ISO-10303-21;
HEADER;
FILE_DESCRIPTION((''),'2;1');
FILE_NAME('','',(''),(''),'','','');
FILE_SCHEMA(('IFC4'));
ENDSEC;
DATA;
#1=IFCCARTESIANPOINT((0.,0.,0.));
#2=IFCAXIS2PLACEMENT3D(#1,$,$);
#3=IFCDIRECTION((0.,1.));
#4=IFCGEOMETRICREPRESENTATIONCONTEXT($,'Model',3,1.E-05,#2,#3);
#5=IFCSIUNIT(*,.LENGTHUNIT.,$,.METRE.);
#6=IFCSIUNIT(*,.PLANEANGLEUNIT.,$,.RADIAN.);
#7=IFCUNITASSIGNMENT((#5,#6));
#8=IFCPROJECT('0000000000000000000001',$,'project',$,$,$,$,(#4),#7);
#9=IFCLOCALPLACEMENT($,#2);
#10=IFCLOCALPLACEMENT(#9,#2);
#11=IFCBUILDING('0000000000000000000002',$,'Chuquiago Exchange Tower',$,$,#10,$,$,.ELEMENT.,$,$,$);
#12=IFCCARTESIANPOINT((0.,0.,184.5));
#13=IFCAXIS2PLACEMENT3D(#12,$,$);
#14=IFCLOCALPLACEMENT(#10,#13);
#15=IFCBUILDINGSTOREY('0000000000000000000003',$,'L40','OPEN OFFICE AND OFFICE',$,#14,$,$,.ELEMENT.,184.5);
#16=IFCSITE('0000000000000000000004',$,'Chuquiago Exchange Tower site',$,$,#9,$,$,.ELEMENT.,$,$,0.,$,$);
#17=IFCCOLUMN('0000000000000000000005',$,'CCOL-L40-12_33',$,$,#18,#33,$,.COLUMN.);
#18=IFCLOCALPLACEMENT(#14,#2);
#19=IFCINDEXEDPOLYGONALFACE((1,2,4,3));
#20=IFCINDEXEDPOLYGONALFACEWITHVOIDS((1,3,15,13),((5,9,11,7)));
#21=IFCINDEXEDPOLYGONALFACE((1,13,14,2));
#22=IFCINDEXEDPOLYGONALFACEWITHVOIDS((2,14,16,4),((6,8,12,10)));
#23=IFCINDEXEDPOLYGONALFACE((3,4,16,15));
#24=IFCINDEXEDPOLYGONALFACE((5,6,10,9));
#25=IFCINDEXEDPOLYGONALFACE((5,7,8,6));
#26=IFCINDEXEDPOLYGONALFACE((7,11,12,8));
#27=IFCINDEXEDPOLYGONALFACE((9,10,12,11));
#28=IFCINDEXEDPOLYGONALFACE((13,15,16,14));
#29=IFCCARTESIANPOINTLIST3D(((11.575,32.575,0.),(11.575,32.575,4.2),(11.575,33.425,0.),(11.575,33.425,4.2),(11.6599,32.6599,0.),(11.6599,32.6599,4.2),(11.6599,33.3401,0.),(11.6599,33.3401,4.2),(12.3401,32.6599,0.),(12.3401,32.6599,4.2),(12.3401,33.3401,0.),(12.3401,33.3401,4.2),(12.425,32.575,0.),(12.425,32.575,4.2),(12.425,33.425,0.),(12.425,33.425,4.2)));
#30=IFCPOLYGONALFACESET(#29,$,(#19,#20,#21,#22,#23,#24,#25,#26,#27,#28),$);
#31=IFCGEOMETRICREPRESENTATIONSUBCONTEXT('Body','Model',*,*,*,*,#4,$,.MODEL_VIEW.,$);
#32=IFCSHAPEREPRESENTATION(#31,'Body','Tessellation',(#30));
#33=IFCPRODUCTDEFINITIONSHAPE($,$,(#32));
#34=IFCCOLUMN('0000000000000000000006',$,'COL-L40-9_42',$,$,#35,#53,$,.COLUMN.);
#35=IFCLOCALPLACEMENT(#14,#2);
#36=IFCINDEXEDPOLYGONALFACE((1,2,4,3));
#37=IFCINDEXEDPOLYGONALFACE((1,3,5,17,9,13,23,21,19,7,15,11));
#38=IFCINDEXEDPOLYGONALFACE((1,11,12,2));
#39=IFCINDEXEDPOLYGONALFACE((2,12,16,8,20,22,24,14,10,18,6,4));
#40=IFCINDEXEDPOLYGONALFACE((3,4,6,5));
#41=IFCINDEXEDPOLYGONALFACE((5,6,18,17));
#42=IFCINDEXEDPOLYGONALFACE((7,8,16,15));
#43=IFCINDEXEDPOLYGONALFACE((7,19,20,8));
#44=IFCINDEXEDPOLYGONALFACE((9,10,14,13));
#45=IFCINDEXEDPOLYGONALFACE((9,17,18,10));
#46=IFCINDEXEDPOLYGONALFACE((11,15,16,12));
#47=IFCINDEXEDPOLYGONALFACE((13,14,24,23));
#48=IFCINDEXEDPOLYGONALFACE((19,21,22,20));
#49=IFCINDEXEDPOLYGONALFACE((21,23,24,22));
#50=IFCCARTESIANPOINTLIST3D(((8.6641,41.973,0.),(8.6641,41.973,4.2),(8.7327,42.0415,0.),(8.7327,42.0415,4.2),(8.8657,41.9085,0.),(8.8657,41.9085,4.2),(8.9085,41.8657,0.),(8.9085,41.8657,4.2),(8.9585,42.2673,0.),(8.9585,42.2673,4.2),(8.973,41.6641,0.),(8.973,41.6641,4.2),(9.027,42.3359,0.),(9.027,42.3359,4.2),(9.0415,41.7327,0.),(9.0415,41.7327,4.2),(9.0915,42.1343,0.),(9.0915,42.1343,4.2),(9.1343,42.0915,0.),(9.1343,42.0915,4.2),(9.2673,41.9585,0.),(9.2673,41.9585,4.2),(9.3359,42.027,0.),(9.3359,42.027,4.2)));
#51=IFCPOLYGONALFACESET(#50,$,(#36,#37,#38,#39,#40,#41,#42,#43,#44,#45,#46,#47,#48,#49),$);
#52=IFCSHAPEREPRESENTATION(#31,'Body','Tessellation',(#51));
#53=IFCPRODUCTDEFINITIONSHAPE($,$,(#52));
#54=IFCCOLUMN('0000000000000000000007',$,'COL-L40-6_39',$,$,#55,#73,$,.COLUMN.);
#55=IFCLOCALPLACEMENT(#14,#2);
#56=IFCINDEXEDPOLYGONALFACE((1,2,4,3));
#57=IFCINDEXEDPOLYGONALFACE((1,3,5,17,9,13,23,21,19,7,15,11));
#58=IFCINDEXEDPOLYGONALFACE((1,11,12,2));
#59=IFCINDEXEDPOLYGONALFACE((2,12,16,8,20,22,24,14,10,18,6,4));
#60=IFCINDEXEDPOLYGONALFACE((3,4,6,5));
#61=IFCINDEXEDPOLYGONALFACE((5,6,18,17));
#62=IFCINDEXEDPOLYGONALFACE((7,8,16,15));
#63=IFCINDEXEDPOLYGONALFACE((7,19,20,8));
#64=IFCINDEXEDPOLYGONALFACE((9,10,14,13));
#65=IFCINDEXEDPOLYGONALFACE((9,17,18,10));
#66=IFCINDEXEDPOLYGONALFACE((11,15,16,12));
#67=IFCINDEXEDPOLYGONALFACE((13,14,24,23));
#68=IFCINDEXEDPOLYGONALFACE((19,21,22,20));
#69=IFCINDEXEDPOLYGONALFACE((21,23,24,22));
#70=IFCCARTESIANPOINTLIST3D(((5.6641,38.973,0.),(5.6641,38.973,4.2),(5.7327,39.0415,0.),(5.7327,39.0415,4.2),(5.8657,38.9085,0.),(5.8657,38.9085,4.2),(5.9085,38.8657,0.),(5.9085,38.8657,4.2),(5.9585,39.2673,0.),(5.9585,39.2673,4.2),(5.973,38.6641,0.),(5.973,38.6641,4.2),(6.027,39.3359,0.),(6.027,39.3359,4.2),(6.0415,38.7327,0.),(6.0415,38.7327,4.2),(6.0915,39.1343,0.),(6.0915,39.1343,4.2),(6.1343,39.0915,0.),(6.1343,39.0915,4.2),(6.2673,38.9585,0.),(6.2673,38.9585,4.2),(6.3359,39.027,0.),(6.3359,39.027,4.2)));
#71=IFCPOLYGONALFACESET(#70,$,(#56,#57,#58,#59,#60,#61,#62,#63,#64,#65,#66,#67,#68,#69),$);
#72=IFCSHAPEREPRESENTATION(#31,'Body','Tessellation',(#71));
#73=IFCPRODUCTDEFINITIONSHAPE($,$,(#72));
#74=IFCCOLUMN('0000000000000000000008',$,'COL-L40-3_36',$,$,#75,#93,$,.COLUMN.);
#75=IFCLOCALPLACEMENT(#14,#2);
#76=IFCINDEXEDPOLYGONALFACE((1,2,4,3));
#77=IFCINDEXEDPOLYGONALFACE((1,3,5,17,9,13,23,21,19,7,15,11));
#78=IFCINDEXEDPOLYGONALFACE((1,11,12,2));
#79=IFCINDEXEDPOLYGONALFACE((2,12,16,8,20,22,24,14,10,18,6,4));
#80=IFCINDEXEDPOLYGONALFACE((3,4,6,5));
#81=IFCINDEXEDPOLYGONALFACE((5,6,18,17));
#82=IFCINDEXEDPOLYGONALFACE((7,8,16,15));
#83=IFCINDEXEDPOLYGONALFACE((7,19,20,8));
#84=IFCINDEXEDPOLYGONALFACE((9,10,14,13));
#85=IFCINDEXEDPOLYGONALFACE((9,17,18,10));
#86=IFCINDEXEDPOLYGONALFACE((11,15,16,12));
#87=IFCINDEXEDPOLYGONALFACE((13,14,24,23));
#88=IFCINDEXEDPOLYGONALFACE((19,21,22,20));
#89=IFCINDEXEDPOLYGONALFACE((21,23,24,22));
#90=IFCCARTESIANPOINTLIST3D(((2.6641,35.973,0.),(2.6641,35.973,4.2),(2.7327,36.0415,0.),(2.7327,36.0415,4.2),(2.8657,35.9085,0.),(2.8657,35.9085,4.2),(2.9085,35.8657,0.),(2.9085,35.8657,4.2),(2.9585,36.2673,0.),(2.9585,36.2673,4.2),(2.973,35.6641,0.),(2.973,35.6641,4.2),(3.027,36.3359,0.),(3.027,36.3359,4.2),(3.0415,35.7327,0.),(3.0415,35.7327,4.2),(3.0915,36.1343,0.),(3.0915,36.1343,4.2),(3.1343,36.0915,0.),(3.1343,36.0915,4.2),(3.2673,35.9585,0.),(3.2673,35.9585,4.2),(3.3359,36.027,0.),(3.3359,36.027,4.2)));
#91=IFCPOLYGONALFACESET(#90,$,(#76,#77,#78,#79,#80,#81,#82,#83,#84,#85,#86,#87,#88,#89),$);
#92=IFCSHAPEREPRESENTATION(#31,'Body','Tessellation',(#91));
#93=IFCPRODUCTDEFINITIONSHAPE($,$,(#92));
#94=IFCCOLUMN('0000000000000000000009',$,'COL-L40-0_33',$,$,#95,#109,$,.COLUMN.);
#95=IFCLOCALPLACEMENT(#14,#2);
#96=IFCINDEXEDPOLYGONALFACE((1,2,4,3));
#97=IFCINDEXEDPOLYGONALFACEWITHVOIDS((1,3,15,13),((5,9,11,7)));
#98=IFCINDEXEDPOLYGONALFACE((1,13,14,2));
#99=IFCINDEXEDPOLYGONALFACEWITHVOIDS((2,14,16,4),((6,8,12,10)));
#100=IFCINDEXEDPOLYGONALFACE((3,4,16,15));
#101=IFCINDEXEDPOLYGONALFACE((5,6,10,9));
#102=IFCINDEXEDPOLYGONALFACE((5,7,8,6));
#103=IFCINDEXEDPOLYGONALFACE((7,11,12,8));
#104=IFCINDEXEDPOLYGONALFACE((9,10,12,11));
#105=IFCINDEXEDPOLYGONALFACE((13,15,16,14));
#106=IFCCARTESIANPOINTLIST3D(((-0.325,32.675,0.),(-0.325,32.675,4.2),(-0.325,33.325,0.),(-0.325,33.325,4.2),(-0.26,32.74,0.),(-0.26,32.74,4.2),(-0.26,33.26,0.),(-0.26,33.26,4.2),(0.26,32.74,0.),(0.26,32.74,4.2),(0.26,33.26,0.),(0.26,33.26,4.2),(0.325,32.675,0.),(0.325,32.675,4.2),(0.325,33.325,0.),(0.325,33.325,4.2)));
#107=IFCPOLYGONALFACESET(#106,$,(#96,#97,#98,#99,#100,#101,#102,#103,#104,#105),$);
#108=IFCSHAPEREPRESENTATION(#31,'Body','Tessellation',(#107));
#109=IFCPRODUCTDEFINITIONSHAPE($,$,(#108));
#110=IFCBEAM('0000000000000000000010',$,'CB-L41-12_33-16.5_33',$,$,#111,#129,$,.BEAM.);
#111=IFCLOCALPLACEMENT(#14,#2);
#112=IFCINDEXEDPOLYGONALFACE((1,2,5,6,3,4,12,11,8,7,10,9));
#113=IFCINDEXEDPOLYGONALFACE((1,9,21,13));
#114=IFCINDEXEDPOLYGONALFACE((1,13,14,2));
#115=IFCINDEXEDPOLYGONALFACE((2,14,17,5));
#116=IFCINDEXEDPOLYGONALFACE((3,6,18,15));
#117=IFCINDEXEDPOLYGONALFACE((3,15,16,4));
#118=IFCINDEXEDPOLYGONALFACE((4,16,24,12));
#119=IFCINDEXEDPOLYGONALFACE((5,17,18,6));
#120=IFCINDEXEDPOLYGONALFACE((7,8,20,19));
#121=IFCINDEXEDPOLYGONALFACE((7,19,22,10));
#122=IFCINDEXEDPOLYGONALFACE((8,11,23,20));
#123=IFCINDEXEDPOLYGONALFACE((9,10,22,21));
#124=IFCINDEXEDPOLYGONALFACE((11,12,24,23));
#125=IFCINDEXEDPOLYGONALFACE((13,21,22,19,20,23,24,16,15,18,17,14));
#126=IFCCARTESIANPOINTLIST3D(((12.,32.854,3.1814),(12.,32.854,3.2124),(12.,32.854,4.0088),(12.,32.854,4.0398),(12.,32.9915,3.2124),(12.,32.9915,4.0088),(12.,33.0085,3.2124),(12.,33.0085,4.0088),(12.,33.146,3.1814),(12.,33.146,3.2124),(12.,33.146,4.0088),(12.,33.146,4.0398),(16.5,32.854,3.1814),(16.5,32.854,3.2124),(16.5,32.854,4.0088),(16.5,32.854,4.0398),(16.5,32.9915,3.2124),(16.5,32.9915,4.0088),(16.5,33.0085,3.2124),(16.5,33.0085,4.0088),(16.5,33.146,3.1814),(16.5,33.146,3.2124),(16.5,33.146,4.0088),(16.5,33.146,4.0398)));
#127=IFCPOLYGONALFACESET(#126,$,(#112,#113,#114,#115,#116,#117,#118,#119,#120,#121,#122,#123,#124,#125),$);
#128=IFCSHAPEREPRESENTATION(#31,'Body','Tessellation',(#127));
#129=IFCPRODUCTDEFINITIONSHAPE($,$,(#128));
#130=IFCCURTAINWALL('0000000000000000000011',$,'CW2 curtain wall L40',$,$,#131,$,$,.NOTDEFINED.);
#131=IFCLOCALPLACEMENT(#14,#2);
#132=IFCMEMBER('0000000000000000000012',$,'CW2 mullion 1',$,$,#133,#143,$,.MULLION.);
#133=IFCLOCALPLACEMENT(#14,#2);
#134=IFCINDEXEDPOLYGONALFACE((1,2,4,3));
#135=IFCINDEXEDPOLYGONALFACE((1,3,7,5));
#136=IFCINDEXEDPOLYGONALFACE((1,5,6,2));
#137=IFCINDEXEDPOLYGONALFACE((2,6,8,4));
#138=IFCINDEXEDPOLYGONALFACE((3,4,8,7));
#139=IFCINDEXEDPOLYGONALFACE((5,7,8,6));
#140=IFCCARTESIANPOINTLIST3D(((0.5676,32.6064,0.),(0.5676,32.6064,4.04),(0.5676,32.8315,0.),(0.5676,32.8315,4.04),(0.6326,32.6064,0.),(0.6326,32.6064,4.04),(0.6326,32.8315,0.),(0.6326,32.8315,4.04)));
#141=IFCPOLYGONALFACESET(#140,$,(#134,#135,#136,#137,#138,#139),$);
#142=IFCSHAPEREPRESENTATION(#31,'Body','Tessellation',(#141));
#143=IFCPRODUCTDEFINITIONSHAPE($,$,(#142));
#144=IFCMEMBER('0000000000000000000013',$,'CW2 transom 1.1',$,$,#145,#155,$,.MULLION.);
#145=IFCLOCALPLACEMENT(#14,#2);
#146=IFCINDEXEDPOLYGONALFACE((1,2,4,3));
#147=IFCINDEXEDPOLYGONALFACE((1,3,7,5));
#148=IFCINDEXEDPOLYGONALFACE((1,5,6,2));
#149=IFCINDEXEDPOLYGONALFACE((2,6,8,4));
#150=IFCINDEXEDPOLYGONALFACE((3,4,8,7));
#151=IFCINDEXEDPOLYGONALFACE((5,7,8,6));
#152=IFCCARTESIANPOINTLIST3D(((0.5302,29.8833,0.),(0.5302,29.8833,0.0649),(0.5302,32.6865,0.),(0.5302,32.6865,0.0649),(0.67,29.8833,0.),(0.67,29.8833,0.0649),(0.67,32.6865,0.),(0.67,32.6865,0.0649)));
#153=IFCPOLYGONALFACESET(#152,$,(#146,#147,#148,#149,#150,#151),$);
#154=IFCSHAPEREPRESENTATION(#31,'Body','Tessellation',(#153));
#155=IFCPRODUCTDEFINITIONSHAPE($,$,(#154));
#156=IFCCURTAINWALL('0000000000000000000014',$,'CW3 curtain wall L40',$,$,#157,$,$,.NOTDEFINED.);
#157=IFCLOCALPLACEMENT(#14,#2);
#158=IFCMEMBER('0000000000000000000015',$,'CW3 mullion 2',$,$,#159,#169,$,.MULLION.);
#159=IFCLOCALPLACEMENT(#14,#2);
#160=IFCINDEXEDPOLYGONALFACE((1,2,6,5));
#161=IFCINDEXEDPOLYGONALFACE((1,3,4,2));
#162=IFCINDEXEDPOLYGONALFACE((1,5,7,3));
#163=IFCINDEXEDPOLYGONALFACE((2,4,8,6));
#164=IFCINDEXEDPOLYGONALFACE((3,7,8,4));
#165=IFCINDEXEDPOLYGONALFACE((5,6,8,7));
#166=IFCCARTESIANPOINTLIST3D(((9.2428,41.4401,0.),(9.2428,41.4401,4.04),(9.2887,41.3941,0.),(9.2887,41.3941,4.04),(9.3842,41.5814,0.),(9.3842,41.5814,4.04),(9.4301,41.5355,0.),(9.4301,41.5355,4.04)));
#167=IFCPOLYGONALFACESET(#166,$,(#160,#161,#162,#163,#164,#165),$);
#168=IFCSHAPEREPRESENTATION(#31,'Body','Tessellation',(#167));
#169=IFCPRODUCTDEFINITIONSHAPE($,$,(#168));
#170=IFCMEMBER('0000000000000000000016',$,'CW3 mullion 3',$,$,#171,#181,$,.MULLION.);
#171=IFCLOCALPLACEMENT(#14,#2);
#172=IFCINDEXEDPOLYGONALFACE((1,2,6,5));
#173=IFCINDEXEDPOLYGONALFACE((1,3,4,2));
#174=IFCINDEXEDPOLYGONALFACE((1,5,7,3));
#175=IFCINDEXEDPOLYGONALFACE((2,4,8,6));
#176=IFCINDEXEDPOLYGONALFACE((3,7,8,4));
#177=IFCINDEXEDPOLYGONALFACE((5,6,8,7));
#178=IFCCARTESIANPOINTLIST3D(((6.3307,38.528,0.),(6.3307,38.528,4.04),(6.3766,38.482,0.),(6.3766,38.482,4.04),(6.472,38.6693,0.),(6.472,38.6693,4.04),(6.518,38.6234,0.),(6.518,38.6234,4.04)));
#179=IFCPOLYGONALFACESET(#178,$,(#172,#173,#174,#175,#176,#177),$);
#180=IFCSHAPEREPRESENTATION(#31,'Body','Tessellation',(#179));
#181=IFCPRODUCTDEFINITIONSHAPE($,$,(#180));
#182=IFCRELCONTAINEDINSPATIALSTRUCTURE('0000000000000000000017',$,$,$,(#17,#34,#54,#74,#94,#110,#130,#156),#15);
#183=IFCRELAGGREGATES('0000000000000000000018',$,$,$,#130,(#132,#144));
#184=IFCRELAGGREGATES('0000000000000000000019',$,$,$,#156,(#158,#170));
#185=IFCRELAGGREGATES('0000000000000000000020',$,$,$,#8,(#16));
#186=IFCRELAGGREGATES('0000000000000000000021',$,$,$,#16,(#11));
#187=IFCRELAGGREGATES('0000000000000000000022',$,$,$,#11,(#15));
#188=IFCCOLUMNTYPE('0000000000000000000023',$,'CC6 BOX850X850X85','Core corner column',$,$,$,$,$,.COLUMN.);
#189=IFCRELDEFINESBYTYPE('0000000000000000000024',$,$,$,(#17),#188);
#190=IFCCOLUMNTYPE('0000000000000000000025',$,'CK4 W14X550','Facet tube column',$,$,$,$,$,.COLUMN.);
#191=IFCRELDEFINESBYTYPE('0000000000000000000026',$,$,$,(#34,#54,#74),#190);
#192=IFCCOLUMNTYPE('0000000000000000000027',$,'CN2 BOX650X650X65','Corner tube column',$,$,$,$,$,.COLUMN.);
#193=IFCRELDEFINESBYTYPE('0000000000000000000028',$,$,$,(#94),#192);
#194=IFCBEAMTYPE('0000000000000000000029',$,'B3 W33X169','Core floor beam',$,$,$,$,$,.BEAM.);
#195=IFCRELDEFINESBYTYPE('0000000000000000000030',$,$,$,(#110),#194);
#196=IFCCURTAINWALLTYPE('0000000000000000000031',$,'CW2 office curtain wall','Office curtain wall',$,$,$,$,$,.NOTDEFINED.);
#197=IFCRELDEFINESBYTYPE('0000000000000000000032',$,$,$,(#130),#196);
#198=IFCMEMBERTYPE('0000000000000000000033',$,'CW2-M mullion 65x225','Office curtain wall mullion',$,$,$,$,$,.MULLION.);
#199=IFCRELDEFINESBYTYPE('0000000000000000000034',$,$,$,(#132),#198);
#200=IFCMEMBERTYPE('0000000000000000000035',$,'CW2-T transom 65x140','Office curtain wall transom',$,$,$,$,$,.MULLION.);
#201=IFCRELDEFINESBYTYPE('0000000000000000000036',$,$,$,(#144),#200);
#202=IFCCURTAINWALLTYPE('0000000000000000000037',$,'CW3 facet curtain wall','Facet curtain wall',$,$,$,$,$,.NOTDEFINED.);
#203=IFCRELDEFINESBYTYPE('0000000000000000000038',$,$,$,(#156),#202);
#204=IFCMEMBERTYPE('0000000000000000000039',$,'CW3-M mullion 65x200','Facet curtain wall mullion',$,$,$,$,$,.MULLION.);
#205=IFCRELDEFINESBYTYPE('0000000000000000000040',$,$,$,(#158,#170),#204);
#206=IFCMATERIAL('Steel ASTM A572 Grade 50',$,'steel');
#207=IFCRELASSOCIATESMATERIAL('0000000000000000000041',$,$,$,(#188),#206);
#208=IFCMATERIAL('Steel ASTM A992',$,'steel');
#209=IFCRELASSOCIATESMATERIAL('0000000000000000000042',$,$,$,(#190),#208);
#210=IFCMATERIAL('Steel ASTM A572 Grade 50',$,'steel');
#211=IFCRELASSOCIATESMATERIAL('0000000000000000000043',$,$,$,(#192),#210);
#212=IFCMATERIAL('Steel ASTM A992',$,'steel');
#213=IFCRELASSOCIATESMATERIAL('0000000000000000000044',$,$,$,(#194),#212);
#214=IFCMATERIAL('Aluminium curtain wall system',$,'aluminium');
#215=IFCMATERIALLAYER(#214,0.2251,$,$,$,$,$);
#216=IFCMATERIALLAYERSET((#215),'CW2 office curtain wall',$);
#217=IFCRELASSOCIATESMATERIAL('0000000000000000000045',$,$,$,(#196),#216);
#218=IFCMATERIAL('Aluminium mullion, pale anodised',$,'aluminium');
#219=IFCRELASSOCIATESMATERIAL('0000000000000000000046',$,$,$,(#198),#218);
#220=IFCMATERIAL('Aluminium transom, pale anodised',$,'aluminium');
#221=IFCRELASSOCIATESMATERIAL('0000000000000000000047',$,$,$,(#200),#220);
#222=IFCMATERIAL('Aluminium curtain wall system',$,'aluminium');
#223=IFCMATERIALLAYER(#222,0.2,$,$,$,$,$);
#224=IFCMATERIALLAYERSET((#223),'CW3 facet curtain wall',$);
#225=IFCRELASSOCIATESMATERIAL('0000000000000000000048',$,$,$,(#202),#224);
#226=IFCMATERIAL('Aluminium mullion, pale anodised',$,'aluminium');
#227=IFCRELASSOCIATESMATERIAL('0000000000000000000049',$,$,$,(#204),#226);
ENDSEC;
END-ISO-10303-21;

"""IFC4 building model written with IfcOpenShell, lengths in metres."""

from ifc_helpers import new_model, si_unit, direction, frame, origin, origin_2d, place, context, subcontext, project, spatial, rectangle, hollow_rectangle, i_section, extrude, material, layer, layer_set, material_profile, profile_set, type_object, element, aggregate, save


model = new_model("IFC4")

# Units and contexts
model_context = context("Model", 3, precision=1e-05, world=origin(), true_north=direction((0.0, 1.0)))
body_context = subcontext(model_context, "Body", "Model", "MODEL_VIEW")
ifc_project = project(units=[si_unit("LENGTHUNIT", "METRE"), si_unit("PLANEANGLEUNIT", "RADIAN")], contexts=[model_context])

# Site, building, storey
site_placement = place(None, origin())
site = spatial("IfcSite", under=ifc_project, at=site_placement, Name="Chuquiago Exchange Tower site", CompositionType="ELEMENT", RefElevation=0.0)
building_placement = place(site_placement, origin())
building = spatial("IfcBuilding", under=site, at=building_placement, Name="Chuquiago Exchange Tower", CompositionType="ELEMENT")
storey_placement = place(building_placement, frame((0.0, 0.0, 184.5)))
storey = spatial("IfcBuildingStorey", under=building, at=storey_placement, Name="L40", Description="OPEN OFFICE AND OFFICE", CompositionType="ELEMENT", Elevation=184.5)

# Columns
ifc_material_1 = material(Name="Steel ASTM A572 Grade 50", Category="steel")
ifc_material_profile_1 = material_profile(ifc_material_1, hollow_rectangle(XDim=0.8501, YDim=0.8501, WallThickness=0.085, at=origin_2d()), Name="BOX850X850X85")
ifc_profile_set_1 = profile_set([ifc_material_profile_1], Name="Steel ASTM A572 Grade 50")
column_type_1 = type_object("IfcColumnType", Name="CC6 BOX850X850X85", Description="Core corner column", PredefinedType="COLUMN", material=ifc_profile_set_1)
column_1_placement = place(storey_placement, frame((12.0, 33.0, 0.0), z_axis=(0.0, 0.0, 1.0), x_axis=(1.0, 0.0, 0.0)))
element("IfcColumn", 1, at=column_1_placement, inside=storey, type_object=column_type_1, Name="CCOL-L40-12_33", PredefinedType="COLUMN", context=body_context, shape_type="SweptSolid", body=[
    extrude(hollow_rectangle(XDim=0.8501, YDim=0.8501, WallThickness=0.085, at=origin_2d()), origin(), (0.0, 0.0, 1.0), 4.2),
])
ifc_material_2 = material(Name="Steel ASTM A992", Category="steel")
ifc_material_profile_2 = material_profile(ifc_material_2, i_section(OverallWidth=0.4368, OverallDepth=0.5132, WebThickness=0.0605, FlangeThickness=0.0969, at=origin_2d()), Name="W14X550")
ifc_profile_set_2 = profile_set([ifc_material_profile_2], Name="Steel ASTM A992")
column_type_2 = type_object("IfcColumnType", Name="CK4 W14X550", Description="Facet tube column", PredefinedType="COLUMN", material=ifc_profile_set_2)
for number, where, z_axis, x_axis, name in (
    (2, (9.0, 42.0, 0.0), (0.0, 0.0, 1.0), (-0.707107, 0.707107, 0.0), "COL-L40-9_42"),
    (3, (6.0, 39.0, 0.0), (0.0, 0.0, 1.0), (-0.707107, 0.707107, 0.0), "COL-L40-6_39"),
    (4, (3.0, 36.0, 0.0), (0.0, 0.0, 1.0), (-0.707107, 0.707107, 0.0), "COL-L40-3_36"),
):
    element("IfcColumn", number, at=place(storey_placement, frame(where, z_axis=z_axis, x_axis=x_axis)), inside=storey, type_object=column_type_2, Name=name, PredefinedType="COLUMN", context=body_context, shape_type="SweptSolid", body=[
        extrude(i_section(OverallWidth=0.4368, OverallDepth=0.5132, WebThickness=0.0605, FlangeThickness=0.0969, at=origin_2d()), origin(), (0.0, 0.0, 1.0), 4.2),
    ])
ifc_material_3 = material(Name="Steel ASTM A572 Grade 50", Category="steel")
ifc_material_profile_3 = material_profile(ifc_material_3, hollow_rectangle(XDim=0.6499, YDim=0.6499, WallThickness=0.0649, at=origin_2d()), Name="BOX650X650X65")
ifc_profile_set_3 = profile_set([ifc_material_profile_3], Name="Steel ASTM A572 Grade 50")
column_type_3 = type_object("IfcColumnType", Name="CN2 BOX650X650X65", Description="Corner tube column", PredefinedType="COLUMN", material=ifc_profile_set_3)
column_2_placement = place(storey_placement, frame((0.0, 33.0, 0.0), z_axis=(0.0, 0.0, 1.0), x_axis=(-1.0, 0.0, 0.0)))
element("IfcColumn", 5, at=column_2_placement, inside=storey, type_object=column_type_3, Name="COL-L40-0_33", PredefinedType="COLUMN", context=body_context, shape_type="SweptSolid", body=[
    extrude(hollow_rectangle(XDim=0.6499, YDim=0.6499, WallThickness=0.0649, at=origin_2d()), origin(), (0.0, 0.0, 1.0), 4.2),
])

# Beam
ifc_material_4 = material(Name="Steel ASTM A992", Category="steel")
ifc_material_profile_4 = material_profile(ifc_material_4, i_section(OverallWidth=0.292, OverallDepth=0.8584, WebThickness=0.0171, FlangeThickness=0.031, at=origin_2d()), Name="W33X169")
ifc_profile_set_4 = profile_set([ifc_material_profile_4], Name="Steel ASTM A992")
beam_type_1 = type_object("IfcBeamType", Name="B3 W33X169", Description="Core floor beam", PredefinedType="BEAM", material=ifc_profile_set_4)
beam_1_placement = place(storey_placement, frame((12.0, 33.0, 3.6106), z_axis=(1.0, 0.0, 0.0), x_axis=(0.0, 1.0, 0.0)))
element("IfcBeam", 6, at=beam_1_placement, inside=storey, type_object=beam_type_1, Name="CB-L41-12_33-16.5_33", PredefinedType="BEAM", context=body_context, shape_type="SweptSolid", body=[
    extrude(i_section(OverallWidth=0.292, OverallDepth=0.8584, WebThickness=0.0171, FlangeThickness=0.031, at=origin_2d()), origin(), (0.0, 0.0, 1.0), 4.5),
])

# Curtain walls, members
ifc_material_5 = material(Name="Aluminium curtain wall system", Category="aluminium")
ifc_layer_1 = layer(ifc_material_5, 0.2251)
ifc_layer_set_1 = layer_set([ifc_layer_1], Name="CW2 office curtain wall")
curtain_wall_type_1 = type_object("IfcCurtainWallType", Name="CW2 office curtain wall", Description="Office curtain wall", PredefinedType="NOTDEFINED", material=ifc_layer_set_1)
curtain_wall_1_placement = place(storey_placement, origin())
curtain_wall_1 = element("IfcCurtainWall", 7, at=curtain_wall_1_placement, inside=storey, type_object=curtain_wall_type_1, Name="CW2 curtain wall L40", PredefinedType="NOTDEFINED")
ifc_material_6 = material(Name="Aluminium mullion, pale anodised", Category="aluminium")
ifc_material_profile_5 = material_profile(ifc_material_6, rectangle(XDim=0.0649, YDim=0.2251, at=origin_2d()), Name="AL 65x225")
ifc_profile_set_5 = profile_set([ifc_material_profile_5], Name="Aluminium mullion, pale anodised")
member_type_1 = type_object("IfcMemberType", Name="CW2-M mullion 65x225", Description="Office curtain wall mullion", PredefinedType="MULLION", material=ifc_profile_set_5)
member_1_placement = place(storey_placement, frame((0.6001, 32.719, 0.0), z_axis=(0.0, 0.0, 1.0), x_axis=(1.0, 0.0, 0.0)))
member_1 = element("IfcMember", 8, at=member_1_placement, type_object=member_type_1, Name="CW2 mullion 1", PredefinedType="MULLION", context=body_context, shape_type="SweptSolid", body=[
    extrude(rectangle(XDim=0.0649, YDim=0.2251, at=origin_2d()), origin(), (0.0, 0.0, 1.0), 4.04),
])
ifc_material_7 = material(Name="Aluminium transom, pale anodised", Category="aluminium")
ifc_material_profile_6 = material_profile(ifc_material_7, rectangle(XDim=0.1399, YDim=0.0649, at=origin_2d()), Name="AL 140x65")
ifc_profile_set_6 = profile_set([ifc_material_profile_6], Name="Aluminium transom, pale anodised")
member_type_2 = type_object("IfcMemberType", Name="CW2-T transom 65x140", Description="Office curtain wall transom", PredefinedType="MULLION", material=ifc_profile_set_6)
member_2_placement = place(storey_placement, frame((0.6001, 32.6865, 0.0325), z_axis=(0.0, -1.0, 0.0), x_axis=(1.0, 0.0, 0.0)))
member_2 = element("IfcMember", 9, at=member_2_placement, type_object=member_type_2, Name="CW2 transom 1.1", PredefinedType="MULLION", context=body_context, shape_type="SweptSolid", body=[
    extrude(rectangle(XDim=0.1399, YDim=0.0649, at=origin_2d()), origin(), (0.0, 0.0, 1.0), 2.8032),
])
ifc_material_8 = material(Name="Aluminium curtain wall system", Category="aluminium")
ifc_layer_2 = layer(ifc_material_8, 0.2)
ifc_layer_set_2 = layer_set([ifc_layer_2], Name="CW3 facet curtain wall")
curtain_wall_type_2 = type_object("IfcCurtainWallType", Name="CW3 facet curtain wall", Description="Facet curtain wall", PredefinedType="NOTDEFINED", material=ifc_layer_set_2)
curtain_wall_2_placement = place(storey_placement, origin())
curtain_wall_2 = element("IfcCurtainWall", 10, at=curtain_wall_2_placement, inside=storey, type_object=curtain_wall_type_2, Name="CW3 curtain wall L40", PredefinedType="NOTDEFINED")
ifc_material_9 = material(Name="Aluminium mullion, pale anodised", Category="aluminium")
ifc_material_profile_7 = material_profile(ifc_material_9, rectangle(XDim=0.0649, YDim=0.2, at=origin_2d()), Name="AL 65x200")
ifc_profile_set_7 = profile_set([ifc_material_profile_7], Name="Aluminium mullion, pale anodised")
member_type_3 = type_object("IfcMemberType", Name="CW3-M mullion 65x200", Description="Facet curtain wall mullion", PredefinedType="MULLION", material=ifc_profile_set_7)
member_3_placement = place(storey_placement, frame((9.3364, 41.4878, 0.0), z_axis=(0.0, 0.0, 1.0), x_axis=(0.707107, -0.707107, 0.0)))
member_3 = element("IfcMember", 11, at=member_3_placement, type_object=member_type_3, Name="CW3 mullion 2", PredefinedType="MULLION", context=body_context, shape_type="SweptSolid", body=[
    extrude(rectangle(XDim=0.0649, YDim=0.2, at=origin_2d()), origin(), (0.0, 0.0, 1.0), 4.04),
])
member_4_placement = place(storey_placement, frame((6.4243, 38.5757, 0.0), z_axis=(0.0, 0.0, 1.0), x_axis=(0.707107, -0.707107, 0.0)))
member_4 = element("IfcMember", 12, at=member_4_placement, type_object=member_type_3, Name="CW3 mullion 3", PredefinedType="MULLION", context=body_context, shape_type="SweptSolid", body=[
    extrude(rectangle(XDim=0.0649, YDim=0.2, at=origin_2d()), origin(), (0.0, 0.0, 1.0), 4.04),
])

aggregate(curtain_wall_1, [member_1, member_2])
aggregate(curtain_wall_2, [member_3, member_4])

save(model, "model.ifc")
